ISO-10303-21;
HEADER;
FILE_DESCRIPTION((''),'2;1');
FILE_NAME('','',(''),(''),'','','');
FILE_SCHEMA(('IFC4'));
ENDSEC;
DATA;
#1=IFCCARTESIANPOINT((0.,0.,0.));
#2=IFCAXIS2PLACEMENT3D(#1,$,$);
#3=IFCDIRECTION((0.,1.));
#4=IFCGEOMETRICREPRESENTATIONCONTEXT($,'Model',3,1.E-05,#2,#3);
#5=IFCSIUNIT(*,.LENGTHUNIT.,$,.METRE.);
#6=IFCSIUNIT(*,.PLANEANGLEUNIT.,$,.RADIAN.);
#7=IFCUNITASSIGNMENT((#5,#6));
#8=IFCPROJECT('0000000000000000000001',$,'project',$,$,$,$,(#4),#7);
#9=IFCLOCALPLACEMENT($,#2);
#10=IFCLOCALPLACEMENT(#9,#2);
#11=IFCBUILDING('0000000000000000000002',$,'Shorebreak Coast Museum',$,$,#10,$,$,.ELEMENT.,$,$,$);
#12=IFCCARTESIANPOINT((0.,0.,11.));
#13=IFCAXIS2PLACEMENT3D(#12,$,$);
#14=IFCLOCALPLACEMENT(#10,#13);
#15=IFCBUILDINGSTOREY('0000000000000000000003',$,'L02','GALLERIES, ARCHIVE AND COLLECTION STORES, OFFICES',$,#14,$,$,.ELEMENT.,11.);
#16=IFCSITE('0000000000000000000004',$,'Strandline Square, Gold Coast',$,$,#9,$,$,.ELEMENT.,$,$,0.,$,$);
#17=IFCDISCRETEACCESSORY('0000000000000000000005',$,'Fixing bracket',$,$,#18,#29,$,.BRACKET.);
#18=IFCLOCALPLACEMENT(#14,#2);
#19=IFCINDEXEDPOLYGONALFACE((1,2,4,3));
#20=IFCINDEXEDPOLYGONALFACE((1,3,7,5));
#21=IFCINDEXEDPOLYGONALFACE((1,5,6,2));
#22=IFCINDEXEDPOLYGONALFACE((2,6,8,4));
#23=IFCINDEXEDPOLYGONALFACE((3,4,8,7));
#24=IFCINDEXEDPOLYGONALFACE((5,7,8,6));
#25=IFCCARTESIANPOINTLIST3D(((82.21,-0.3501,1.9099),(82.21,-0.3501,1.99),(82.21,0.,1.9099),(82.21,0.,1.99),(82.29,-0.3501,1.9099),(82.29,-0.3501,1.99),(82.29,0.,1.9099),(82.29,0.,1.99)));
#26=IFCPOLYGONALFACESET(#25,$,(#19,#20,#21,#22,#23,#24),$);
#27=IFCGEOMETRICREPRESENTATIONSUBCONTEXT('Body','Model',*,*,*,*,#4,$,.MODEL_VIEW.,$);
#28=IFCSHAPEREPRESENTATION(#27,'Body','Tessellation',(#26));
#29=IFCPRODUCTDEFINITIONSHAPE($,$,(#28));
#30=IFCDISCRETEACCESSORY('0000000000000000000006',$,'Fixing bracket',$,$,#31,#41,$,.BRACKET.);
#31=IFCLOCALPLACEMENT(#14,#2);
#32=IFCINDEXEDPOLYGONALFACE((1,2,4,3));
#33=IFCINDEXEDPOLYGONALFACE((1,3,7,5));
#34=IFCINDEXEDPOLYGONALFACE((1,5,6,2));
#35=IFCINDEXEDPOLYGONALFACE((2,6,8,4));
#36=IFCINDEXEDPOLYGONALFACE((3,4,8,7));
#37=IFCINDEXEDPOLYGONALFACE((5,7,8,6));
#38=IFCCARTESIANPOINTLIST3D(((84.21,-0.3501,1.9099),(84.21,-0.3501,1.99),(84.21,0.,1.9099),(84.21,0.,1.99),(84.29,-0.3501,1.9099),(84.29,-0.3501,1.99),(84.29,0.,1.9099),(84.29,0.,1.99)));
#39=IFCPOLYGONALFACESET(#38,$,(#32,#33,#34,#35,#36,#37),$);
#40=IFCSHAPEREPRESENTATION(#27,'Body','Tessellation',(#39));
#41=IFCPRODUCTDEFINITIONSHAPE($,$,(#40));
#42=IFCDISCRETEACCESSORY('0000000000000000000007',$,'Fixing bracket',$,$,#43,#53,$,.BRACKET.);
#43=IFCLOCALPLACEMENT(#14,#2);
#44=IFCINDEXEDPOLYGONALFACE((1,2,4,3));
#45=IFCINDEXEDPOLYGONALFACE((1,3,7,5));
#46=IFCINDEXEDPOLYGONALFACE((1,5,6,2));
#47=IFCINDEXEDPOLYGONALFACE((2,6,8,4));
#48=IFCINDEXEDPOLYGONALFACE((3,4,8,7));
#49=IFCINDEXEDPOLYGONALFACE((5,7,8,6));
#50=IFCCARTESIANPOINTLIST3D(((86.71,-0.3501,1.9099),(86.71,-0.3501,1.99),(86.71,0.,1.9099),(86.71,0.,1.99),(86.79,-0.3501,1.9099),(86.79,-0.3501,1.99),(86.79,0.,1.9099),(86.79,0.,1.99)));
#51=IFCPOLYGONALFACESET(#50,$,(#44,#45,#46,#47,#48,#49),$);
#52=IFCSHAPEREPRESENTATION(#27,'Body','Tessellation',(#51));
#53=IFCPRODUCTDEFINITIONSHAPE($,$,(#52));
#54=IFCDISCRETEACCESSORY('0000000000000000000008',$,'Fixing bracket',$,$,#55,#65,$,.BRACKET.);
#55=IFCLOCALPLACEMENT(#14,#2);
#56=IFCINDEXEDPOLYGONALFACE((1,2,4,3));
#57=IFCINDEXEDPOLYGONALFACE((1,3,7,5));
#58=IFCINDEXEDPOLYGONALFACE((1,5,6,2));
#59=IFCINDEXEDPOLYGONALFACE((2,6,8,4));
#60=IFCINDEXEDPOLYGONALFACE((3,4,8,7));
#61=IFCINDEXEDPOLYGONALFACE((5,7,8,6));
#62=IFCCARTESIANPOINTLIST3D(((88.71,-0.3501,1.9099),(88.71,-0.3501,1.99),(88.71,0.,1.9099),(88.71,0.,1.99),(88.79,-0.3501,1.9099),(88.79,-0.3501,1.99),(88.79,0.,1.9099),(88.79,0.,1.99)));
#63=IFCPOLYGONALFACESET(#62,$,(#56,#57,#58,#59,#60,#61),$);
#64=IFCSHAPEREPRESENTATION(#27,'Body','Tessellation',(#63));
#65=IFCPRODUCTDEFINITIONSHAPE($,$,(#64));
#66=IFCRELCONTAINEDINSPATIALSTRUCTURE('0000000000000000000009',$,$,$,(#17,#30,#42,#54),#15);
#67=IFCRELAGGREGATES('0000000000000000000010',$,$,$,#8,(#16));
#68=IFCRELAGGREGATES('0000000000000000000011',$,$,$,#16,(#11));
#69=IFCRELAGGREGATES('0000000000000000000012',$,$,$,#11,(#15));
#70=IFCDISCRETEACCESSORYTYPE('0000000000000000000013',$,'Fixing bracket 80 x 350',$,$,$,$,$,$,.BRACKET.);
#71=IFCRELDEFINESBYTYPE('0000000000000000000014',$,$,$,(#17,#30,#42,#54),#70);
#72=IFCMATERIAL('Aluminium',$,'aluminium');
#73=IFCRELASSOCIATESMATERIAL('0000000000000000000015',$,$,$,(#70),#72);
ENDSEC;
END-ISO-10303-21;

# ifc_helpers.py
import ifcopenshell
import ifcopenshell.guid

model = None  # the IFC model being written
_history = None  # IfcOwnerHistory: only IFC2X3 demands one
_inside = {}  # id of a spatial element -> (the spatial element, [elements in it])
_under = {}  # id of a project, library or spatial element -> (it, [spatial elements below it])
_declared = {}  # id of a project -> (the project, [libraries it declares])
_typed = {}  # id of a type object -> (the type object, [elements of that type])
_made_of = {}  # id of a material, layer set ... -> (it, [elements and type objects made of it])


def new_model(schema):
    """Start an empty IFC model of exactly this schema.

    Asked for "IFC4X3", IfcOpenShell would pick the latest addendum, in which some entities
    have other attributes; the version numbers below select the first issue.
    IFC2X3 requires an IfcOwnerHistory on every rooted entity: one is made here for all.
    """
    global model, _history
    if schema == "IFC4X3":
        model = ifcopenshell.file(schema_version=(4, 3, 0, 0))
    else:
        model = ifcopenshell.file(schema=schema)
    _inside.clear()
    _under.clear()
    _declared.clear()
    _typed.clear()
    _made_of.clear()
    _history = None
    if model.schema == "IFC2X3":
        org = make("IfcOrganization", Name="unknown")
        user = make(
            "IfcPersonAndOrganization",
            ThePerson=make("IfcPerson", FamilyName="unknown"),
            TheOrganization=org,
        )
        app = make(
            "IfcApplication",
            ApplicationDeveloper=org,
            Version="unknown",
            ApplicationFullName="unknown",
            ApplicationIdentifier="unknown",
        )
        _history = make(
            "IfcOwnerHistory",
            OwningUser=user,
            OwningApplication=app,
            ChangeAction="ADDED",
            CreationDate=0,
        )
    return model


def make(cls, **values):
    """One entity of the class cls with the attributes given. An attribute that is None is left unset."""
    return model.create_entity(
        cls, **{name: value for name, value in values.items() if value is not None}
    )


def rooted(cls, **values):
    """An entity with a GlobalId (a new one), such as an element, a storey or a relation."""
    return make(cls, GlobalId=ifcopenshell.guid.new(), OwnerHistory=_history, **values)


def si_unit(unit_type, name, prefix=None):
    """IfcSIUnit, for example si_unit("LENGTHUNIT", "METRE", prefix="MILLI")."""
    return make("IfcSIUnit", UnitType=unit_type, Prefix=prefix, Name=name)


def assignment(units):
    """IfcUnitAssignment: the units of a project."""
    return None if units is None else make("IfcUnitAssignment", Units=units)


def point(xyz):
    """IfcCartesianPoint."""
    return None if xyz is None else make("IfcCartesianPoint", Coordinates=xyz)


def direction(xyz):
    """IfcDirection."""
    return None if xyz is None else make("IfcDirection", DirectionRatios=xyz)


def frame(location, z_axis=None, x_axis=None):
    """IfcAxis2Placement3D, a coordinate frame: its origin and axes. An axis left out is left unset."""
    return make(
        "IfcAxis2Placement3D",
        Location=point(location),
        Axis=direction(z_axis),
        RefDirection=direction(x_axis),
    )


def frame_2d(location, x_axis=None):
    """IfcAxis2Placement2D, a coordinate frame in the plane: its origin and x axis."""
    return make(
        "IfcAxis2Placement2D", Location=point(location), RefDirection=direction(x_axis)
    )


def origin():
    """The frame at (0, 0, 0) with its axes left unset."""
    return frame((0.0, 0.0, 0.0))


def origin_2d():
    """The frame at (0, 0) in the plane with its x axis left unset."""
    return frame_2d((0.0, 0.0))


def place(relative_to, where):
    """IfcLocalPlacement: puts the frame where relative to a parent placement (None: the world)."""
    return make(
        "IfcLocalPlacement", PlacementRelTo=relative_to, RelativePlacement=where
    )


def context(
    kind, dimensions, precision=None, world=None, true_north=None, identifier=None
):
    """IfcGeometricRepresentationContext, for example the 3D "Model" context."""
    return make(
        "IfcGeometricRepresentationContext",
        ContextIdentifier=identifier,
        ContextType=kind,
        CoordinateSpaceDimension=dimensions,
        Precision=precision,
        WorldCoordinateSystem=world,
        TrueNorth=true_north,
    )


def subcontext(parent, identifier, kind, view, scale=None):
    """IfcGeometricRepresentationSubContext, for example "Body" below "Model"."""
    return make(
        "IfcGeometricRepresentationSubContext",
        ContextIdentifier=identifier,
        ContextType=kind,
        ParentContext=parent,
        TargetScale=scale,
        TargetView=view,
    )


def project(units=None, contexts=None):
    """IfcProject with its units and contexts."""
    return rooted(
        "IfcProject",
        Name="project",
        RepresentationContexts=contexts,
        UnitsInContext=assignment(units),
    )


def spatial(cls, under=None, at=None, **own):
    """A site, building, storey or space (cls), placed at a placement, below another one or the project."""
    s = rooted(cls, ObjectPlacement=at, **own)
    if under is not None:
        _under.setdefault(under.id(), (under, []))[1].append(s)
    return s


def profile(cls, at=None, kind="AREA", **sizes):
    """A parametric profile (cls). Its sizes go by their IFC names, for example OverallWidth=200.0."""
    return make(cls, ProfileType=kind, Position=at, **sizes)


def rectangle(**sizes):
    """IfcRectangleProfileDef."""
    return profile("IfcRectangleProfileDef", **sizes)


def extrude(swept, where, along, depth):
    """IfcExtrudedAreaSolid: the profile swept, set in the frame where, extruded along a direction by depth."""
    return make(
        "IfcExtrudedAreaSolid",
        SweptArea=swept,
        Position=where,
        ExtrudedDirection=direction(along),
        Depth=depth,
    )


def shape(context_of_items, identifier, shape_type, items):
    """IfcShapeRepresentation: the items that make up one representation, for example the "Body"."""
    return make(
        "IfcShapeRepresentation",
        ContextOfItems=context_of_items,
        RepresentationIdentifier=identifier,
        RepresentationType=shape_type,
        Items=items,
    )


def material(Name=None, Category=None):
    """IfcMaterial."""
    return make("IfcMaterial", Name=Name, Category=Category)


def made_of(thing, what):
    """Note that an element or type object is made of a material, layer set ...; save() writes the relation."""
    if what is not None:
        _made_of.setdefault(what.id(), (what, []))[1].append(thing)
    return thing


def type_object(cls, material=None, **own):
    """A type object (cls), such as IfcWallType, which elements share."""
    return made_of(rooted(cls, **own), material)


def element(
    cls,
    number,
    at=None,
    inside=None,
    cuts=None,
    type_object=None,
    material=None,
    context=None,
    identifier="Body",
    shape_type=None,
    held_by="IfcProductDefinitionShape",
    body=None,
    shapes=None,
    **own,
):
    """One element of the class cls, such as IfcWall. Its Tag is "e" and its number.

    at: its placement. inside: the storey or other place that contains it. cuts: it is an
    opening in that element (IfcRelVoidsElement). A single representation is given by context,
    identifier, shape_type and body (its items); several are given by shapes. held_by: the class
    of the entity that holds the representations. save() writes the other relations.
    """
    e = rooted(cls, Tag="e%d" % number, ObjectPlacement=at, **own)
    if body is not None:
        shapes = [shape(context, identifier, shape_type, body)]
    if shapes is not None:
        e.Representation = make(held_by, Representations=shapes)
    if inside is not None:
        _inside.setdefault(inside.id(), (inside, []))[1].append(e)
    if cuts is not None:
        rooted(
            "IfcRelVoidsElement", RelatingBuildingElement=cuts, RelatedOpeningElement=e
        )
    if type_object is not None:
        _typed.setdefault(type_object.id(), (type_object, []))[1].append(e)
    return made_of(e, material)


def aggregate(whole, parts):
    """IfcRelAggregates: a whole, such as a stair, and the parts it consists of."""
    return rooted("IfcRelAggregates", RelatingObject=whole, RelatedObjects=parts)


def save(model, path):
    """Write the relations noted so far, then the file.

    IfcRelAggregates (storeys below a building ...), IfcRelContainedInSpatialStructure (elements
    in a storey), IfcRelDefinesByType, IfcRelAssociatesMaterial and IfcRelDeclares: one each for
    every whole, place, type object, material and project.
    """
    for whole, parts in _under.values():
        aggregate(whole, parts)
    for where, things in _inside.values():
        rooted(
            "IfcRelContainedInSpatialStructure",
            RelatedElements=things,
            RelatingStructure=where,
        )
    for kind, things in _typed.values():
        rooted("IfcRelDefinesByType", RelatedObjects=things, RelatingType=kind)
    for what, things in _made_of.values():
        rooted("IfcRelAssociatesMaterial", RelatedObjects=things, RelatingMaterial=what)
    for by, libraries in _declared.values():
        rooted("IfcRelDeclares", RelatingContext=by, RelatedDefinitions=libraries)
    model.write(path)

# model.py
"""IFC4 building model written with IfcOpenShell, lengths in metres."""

from ifc_helpers import new_model, si_unit, direction, frame, origin, origin_2d, place, context, subcontext, project, spatial, rectangle, extrude, material, type_object, element, save


model = new_model("IFC4")

# Units and contexts
model_context = context("Model", 3, precision=1e-05, world=origin(), true_north=direction((0.0, 1.0)))
body_context = subcontext(model_context, "Body", "Model", "MODEL_VIEW")
ifc_project = project(units=[si_unit("LENGTHUNIT", "METRE"), si_unit("PLANEANGLEUNIT", "RADIAN")], contexts=[model_context])

# Site, building, storey
site_placement = place(None, origin())
site = spatial("IfcSite", under=ifc_project, at=site_placement, Name="Strandline Square, Gold Coast", CompositionType="ELEMENT", RefElevation=0.0)
building_placement = place(site_placement, origin())
building = spatial("IfcBuilding", under=site, at=building_placement, Name="Shorebreak Coast Museum", CompositionType="ELEMENT")
storey_placement = place(building_placement, frame((0.0, 0.0, 11.0)))
storey = spatial("IfcBuildingStorey", under=building, at=storey_placement, Name="L02", Description="GALLERIES, ARCHIVE AND COLLECTION STORES, OFFICES", CompositionType="ELEMENT", Elevation=11.0)

# Discrete accessories
ifc_material_1 = material(Name="Aluminium", Category="aluminium")
discrete_accessory_type = type_object("IfcDiscreteAccessoryType", Name="Fixing bracket 80 x 350", PredefinedType="BRACKET", material=ifc_material_1)
for number, where, z_axis, x_axis, name in (
    (1, (82.25, -0.175, 1.9099), (0.0, 0.0, 1.0), (1.0, 0.0, 0.0), "Fixing bracket"),
    (2, (84.25, -0.175, 1.9099), (0.0, 0.0, 1.0), (1.0, 0.0, 0.0), "Fixing bracket"),
    (3, (86.75, -0.175, 1.9099), (0.0, 0.0, 1.0), (1.0, 0.0, 0.0), "Fixing bracket"),
    (4, (88.75, -0.175, 1.9099), (0.0, 0.0, 1.0), (1.0, 0.0, 0.0), "Fixing bracket"),
):
    element("IfcDiscreteAccessory", number, at=place(storey_placement, frame(where, z_axis=z_axis, x_axis=x_axis)), inside=storey, type_object=discrete_accessory_type, Name=name, PredefinedType="BRACKET", context=body_context, shape_type="SweptSolid", body=[
        extrude(rectangle(XDim=0.0801, YDim=0.3501, at=origin_2d()), origin(), (0.0, 0.0, 1.0), 0.0801),
    ])

save(model, "model.ifc")
